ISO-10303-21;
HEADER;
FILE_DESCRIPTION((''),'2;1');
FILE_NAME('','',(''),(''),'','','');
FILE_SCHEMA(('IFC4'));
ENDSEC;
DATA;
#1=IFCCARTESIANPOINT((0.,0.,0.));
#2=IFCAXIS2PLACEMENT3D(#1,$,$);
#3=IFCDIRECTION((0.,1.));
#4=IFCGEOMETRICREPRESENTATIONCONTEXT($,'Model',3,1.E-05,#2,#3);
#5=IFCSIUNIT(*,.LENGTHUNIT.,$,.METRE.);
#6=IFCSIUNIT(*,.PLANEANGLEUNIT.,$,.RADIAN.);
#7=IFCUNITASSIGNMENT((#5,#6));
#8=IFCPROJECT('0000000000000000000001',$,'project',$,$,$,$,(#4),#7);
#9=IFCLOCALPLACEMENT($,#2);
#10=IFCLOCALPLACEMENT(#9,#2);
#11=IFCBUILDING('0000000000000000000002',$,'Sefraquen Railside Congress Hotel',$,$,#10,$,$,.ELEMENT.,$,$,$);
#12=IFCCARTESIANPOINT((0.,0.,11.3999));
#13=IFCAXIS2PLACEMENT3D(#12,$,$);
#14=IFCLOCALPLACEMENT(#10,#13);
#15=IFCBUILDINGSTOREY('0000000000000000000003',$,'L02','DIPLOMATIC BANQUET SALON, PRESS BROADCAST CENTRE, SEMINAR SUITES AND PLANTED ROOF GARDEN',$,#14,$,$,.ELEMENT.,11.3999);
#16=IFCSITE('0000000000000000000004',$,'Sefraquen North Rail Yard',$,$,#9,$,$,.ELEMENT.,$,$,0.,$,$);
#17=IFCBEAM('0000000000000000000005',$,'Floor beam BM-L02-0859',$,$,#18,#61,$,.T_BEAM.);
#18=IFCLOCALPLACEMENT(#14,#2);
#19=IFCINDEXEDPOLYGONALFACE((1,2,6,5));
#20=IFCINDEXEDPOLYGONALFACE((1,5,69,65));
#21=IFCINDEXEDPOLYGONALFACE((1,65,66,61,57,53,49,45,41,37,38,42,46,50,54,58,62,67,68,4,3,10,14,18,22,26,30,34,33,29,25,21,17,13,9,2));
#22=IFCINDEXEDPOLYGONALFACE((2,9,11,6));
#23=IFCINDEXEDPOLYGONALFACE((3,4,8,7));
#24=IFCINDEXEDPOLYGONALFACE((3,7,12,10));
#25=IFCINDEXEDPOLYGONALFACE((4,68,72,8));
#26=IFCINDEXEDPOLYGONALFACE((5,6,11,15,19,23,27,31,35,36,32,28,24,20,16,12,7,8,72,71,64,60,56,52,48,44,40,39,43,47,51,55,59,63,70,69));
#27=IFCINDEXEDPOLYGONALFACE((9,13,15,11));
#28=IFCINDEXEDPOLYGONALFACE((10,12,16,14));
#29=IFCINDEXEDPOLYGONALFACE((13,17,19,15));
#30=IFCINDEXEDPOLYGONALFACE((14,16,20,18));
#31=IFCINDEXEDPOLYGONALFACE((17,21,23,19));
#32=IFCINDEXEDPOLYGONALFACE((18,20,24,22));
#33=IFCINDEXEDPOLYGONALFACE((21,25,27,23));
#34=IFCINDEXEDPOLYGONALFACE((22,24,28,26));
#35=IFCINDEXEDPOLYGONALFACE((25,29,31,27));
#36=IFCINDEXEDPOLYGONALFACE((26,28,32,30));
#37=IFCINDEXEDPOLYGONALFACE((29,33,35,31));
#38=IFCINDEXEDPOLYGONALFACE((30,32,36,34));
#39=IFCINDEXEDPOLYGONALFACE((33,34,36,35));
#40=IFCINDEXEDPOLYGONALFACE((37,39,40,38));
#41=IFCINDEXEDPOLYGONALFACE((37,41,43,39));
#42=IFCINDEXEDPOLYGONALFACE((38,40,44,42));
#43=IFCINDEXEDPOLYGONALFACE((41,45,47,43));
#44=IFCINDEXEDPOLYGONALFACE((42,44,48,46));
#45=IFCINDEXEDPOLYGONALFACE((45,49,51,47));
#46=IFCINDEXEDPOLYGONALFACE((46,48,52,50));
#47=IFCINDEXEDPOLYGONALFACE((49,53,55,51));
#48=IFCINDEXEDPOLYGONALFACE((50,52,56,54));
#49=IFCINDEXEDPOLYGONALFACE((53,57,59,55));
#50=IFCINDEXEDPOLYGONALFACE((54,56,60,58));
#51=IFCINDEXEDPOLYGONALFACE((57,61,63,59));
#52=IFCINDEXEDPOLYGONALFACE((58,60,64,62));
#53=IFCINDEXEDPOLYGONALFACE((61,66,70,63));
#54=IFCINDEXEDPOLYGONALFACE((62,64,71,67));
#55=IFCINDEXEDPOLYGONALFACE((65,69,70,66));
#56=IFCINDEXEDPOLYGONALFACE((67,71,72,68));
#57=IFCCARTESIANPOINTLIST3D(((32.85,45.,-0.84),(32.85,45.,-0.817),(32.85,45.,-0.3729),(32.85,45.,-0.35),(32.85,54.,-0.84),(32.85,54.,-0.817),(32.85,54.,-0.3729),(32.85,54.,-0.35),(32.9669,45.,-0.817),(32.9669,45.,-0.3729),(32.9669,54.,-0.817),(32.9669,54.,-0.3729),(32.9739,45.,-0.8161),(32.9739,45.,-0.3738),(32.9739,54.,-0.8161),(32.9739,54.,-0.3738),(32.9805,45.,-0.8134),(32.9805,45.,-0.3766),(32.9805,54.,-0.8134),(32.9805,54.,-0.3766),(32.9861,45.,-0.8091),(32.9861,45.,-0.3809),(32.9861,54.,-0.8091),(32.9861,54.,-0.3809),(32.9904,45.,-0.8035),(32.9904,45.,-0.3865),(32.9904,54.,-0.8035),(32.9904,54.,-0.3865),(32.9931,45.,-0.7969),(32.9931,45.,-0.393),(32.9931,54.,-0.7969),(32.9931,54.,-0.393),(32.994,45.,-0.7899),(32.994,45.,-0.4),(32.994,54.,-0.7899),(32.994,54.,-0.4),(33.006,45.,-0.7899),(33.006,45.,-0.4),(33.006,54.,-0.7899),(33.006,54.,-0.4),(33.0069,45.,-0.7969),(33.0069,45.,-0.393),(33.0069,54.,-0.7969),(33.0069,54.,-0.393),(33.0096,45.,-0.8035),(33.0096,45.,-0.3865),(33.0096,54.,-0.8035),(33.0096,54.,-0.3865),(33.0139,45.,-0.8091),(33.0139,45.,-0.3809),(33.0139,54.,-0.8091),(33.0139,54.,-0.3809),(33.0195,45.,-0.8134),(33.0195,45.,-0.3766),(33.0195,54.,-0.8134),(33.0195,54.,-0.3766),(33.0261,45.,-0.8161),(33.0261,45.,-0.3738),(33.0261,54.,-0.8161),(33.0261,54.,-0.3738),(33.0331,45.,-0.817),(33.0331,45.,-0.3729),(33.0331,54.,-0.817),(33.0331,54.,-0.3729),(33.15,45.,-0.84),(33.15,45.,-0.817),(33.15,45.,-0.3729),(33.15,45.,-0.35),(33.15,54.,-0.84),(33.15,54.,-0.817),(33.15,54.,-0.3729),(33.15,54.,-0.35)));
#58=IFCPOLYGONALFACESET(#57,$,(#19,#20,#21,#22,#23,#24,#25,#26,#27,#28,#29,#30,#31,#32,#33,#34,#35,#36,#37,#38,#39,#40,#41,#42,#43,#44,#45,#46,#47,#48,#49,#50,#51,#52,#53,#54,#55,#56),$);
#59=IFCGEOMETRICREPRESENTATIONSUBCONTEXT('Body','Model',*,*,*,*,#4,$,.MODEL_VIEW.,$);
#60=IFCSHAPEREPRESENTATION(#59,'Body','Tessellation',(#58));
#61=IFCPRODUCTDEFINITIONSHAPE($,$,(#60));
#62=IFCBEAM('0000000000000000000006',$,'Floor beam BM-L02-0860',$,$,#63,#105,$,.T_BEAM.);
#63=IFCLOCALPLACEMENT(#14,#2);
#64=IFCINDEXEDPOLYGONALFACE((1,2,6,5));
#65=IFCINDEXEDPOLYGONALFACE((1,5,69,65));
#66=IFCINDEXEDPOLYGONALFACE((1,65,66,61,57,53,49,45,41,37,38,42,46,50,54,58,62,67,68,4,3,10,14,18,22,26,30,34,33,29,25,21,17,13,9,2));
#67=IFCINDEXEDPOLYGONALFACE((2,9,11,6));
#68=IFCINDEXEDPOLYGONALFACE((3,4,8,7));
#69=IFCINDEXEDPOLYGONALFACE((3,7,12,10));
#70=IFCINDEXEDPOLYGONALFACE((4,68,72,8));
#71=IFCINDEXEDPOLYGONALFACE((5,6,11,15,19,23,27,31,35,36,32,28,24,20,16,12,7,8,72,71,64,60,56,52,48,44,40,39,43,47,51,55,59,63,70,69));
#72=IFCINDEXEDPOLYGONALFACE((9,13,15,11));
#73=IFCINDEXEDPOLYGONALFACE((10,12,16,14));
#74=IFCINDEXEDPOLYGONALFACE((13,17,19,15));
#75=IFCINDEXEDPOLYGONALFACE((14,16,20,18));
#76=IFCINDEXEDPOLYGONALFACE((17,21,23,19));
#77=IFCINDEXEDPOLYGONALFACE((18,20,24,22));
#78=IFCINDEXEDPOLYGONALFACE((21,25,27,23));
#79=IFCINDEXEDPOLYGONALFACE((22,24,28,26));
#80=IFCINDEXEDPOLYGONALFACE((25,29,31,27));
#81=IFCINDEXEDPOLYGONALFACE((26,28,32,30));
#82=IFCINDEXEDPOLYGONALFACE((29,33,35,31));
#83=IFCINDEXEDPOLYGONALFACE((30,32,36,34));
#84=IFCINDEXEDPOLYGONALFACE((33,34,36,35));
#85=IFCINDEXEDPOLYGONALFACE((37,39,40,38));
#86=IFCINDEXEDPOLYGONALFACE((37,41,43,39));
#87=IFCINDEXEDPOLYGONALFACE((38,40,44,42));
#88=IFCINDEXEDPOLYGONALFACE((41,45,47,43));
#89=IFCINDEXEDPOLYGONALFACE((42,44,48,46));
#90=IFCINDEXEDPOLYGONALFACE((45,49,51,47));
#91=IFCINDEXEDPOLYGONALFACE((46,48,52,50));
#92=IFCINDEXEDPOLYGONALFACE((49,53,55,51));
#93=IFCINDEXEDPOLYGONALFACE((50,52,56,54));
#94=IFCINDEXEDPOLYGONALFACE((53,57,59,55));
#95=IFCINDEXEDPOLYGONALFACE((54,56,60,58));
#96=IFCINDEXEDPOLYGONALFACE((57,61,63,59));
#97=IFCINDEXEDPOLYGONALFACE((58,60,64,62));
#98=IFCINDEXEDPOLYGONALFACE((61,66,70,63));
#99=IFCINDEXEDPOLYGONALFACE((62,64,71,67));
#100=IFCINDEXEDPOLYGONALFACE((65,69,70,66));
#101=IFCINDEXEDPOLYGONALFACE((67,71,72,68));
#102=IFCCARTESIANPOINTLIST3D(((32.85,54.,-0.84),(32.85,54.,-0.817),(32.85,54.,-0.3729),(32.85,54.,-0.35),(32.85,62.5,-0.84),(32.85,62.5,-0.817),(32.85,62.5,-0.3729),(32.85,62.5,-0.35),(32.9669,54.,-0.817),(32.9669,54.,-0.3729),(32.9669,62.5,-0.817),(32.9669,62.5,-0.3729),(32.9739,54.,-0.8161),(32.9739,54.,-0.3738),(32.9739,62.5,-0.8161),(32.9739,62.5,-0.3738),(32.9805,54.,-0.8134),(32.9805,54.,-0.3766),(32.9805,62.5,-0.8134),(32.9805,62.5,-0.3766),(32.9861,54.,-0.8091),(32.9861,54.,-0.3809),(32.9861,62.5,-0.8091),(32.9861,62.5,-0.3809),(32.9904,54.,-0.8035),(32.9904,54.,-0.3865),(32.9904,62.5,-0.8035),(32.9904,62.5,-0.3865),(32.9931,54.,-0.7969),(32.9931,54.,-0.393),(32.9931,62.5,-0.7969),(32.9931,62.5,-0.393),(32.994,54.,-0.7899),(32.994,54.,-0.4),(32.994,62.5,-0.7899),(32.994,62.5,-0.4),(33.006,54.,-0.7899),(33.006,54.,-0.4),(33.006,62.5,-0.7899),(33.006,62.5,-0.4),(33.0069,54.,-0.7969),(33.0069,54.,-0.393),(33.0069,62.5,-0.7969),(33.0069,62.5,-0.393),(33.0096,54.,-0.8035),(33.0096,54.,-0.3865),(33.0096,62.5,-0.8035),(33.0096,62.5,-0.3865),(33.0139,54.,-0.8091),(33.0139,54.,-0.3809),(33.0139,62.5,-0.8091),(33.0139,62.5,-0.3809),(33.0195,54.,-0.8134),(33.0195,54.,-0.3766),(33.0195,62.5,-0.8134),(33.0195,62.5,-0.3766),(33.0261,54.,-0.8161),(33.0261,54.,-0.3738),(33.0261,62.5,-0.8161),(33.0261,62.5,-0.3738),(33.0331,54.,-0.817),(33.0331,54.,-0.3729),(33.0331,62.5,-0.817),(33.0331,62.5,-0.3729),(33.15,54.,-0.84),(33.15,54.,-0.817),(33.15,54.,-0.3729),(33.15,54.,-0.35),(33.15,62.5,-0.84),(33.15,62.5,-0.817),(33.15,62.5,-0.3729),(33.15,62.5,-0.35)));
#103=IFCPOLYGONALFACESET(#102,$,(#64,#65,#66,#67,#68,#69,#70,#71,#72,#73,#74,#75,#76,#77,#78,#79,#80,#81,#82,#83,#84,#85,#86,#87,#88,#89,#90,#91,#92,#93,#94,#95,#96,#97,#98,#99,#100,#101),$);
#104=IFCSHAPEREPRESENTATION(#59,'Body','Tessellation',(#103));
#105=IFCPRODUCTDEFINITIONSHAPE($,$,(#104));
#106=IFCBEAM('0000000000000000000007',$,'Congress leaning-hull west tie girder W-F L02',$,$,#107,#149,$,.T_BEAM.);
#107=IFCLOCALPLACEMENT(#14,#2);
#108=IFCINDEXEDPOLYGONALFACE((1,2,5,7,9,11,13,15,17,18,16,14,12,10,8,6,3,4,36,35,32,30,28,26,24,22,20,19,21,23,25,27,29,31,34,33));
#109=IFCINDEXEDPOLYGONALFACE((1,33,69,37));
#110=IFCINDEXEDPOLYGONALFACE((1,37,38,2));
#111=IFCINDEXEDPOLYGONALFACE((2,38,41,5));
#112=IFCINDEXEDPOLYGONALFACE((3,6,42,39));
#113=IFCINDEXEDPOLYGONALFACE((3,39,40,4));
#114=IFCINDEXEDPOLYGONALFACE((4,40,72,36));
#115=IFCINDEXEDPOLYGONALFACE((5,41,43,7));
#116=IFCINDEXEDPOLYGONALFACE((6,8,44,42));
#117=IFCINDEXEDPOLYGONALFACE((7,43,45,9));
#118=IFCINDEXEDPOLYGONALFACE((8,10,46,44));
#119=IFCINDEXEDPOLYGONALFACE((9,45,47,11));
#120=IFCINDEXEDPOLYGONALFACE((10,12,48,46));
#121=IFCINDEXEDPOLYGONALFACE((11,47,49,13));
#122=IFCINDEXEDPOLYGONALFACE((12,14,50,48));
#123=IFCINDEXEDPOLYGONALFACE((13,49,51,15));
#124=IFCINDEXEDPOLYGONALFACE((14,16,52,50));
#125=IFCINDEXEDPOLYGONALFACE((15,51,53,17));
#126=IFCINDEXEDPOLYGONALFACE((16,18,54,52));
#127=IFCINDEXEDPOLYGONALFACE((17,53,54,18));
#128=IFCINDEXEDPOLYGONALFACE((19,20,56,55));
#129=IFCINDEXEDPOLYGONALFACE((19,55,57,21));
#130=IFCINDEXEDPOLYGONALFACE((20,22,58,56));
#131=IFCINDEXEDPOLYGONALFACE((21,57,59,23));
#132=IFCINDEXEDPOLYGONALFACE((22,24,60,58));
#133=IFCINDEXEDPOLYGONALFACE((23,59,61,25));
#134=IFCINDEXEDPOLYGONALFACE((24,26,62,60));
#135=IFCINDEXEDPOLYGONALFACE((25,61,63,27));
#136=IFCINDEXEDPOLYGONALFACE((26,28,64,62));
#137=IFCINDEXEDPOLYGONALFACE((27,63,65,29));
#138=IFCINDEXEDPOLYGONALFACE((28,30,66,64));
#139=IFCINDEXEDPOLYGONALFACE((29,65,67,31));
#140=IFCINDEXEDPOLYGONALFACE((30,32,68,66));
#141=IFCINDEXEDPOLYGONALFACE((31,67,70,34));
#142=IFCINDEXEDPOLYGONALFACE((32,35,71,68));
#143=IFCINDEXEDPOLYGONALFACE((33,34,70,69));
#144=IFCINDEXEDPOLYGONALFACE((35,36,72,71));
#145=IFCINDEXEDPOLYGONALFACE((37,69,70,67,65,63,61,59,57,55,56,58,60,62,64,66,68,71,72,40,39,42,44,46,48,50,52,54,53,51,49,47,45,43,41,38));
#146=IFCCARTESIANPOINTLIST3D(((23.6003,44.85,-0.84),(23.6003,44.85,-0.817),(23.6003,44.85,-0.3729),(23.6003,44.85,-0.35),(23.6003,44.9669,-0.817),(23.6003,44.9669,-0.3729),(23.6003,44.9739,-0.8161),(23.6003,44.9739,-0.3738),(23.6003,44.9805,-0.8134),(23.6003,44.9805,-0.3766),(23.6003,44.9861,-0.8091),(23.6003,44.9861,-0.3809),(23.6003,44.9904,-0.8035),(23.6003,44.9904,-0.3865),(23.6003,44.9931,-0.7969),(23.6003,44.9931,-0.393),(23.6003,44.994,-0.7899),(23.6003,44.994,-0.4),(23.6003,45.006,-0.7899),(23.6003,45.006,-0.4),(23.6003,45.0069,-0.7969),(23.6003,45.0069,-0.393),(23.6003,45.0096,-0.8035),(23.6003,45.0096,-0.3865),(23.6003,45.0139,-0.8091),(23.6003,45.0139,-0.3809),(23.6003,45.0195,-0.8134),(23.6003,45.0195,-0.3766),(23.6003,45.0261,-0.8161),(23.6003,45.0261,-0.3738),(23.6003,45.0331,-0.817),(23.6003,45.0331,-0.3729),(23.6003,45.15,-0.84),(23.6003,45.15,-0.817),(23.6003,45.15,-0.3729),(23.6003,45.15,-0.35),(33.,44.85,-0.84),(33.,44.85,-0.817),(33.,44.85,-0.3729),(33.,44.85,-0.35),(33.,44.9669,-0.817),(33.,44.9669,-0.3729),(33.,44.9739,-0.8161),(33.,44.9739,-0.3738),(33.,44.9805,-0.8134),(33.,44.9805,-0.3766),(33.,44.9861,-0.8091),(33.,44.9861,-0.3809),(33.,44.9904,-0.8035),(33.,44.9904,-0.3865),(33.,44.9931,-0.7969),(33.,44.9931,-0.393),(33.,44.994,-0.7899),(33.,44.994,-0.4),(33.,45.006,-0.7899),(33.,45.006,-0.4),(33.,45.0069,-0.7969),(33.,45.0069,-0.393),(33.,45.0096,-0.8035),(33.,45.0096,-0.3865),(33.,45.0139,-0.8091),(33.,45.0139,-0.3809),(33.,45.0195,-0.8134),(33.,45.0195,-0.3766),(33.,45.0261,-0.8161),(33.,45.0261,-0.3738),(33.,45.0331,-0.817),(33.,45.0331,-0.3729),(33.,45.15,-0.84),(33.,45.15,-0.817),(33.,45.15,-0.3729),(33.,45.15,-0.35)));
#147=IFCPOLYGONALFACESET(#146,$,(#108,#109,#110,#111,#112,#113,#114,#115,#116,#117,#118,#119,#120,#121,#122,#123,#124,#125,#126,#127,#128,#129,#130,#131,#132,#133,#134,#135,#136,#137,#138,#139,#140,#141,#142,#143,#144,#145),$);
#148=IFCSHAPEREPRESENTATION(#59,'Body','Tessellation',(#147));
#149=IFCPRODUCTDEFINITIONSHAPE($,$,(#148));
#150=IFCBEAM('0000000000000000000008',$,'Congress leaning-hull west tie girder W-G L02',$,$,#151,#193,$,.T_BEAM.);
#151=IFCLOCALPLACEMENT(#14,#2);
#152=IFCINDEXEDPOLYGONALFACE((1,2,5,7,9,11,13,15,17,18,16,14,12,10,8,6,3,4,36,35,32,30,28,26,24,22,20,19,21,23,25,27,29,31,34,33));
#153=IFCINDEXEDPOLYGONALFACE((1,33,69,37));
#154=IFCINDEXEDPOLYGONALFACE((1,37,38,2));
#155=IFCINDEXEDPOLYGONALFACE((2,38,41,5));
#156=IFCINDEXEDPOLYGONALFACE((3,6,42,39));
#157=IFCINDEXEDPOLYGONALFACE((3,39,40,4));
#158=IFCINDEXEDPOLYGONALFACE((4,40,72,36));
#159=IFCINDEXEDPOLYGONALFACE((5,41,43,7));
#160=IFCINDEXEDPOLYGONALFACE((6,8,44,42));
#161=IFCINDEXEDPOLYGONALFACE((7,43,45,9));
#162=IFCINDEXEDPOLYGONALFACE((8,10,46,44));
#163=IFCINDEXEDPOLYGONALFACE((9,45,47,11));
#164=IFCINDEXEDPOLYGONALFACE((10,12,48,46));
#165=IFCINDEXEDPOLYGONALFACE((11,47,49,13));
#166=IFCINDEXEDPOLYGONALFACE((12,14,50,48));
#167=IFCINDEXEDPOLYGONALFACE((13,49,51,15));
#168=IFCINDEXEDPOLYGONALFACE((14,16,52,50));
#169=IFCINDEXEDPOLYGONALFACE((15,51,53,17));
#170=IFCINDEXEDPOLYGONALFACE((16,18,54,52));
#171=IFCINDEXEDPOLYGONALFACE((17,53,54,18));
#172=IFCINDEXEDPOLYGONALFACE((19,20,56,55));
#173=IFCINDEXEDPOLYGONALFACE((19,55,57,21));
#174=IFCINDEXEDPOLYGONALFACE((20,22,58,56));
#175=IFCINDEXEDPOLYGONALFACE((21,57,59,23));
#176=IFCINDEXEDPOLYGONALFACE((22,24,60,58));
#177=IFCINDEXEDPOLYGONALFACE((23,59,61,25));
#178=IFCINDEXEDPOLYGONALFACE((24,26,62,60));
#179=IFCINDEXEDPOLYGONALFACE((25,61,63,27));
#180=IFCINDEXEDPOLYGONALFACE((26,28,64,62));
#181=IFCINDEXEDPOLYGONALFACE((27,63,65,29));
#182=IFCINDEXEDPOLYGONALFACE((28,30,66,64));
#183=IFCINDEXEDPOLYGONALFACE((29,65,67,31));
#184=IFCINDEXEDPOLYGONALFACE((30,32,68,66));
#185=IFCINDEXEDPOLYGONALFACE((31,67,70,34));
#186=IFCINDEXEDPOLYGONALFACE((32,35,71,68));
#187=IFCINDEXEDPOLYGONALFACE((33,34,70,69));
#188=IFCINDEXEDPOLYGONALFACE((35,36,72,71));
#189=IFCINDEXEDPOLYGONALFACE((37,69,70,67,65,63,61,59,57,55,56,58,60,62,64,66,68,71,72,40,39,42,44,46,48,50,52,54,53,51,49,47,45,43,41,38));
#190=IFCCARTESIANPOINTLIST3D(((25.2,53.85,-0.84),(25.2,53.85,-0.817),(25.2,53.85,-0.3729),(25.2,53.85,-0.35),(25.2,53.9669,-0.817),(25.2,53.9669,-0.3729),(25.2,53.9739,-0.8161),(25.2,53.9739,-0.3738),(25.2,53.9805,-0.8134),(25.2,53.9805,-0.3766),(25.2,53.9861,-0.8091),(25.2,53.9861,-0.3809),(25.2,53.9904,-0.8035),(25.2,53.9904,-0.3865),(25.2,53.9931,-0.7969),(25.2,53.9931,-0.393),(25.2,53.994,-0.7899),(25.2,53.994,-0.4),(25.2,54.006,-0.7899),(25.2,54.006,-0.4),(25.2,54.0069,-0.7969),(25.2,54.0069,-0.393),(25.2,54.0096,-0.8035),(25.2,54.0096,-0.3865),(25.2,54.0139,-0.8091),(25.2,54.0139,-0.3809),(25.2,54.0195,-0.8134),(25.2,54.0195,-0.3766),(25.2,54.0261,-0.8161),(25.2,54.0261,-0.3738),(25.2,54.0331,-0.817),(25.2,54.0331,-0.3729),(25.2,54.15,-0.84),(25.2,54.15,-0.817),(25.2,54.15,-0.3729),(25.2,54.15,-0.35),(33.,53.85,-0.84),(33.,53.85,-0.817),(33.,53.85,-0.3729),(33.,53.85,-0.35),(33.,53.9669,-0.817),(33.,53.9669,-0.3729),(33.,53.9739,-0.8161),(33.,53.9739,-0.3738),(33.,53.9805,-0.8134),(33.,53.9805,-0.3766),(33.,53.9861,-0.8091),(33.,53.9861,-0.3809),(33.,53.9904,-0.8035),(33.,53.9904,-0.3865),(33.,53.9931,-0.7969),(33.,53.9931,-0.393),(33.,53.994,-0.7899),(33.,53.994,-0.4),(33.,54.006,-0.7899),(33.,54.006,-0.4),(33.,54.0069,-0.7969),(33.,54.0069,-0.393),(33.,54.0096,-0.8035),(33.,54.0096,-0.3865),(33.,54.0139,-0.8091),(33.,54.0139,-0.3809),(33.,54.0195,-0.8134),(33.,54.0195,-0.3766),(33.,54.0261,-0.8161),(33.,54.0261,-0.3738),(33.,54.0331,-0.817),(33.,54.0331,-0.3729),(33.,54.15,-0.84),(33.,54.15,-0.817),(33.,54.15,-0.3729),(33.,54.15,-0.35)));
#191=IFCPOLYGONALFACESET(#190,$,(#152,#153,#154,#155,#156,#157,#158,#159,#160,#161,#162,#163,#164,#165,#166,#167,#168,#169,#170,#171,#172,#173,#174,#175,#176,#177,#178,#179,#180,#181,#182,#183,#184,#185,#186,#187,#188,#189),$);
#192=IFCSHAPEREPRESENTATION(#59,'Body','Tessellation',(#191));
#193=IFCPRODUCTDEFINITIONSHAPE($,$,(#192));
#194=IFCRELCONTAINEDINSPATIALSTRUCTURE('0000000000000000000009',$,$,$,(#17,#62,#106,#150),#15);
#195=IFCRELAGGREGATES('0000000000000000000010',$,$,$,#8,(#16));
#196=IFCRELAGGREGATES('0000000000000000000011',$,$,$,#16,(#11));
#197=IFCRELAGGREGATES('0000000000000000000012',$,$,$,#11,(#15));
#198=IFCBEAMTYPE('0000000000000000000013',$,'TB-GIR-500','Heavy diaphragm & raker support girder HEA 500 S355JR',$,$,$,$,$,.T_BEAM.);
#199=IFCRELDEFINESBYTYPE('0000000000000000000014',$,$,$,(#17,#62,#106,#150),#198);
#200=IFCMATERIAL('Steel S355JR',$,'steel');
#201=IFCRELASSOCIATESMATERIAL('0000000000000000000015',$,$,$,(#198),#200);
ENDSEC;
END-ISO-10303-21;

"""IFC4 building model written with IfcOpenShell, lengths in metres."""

from ifc_helpers import new_model, si_unit, direction, frame, origin, origin_2d, place, context, subcontext, project, spatial, i_section, extrude, material, material_profile, profile_set, type_object, element, save


model = new_model("IFC4")

# Units and contexts
model_context = context("Model", 3, precision=1e-05, world=origin(), true_north=direction((0.0, 1.0)))
body_context = subcontext(model_context, "Body", "Model", "MODEL_VIEW")
ifc_project = project(units=[si_unit("LENGTHUNIT", "METRE"), si_unit("PLANEANGLEUNIT", "RADIAN")], contexts=[model_context])

# Site, building, storey
site_placement = place(None, origin())
site = spatial("IfcSite", under=ifc_project, at=site_placement, Name="Sefraquen North Rail Yard", CompositionType="ELEMENT", RefElevation=0.0)
building_placement = place(site_placement, origin())
building = spatial("IfcBuilding", under=site, at=building_placement, Name="Sefraquen Railside Congress Hotel", CompositionType="ELEMENT")
storey_placement = place(building_placement, frame((0.0, 0.0, 11.3999)))
storey = spatial("IfcBuildingStorey", under=building, at=storey_placement, Name="L02", Description="DIPLOMATIC BANQUET SALON, PRESS BROADCAST CENTRE, SEMINAR SUITES AND PLANTED ROOF GARDEN", CompositionType="ELEMENT", Elevation=11.3999)

# Shared definitions
ifc_material_1 = material(Name="Steel S355JR", Category="steel")

# Beams
ifc_material_profile_1 = material_profile(ifc_material_1, i_section(OverallWidth=0.3, OverallDepth=0.49, WebThickness=0.012, FlangeThickness=0.0229, FilletRadius=0.0271, at=origin_2d()), Name="HEA 500")
ifc_profile_set_1 = profile_set([ifc_material_profile_1], Name="Steel S355JR")
beam_type_1 = type_object("IfcBeamType", Name="TB-GIR-500", Description="Heavy diaphragm & raker support girder HEA 500 S355JR", PredefinedType="T_BEAM", material=ifc_profile_set_1)
beam_1_placement = place(storey_placement, frame((33.0, 45.0, -0.595), z_axis=(0.0, 1.0, 0.0), x_axis=(-1.0, 0.0, 0.0)))
element("IfcBeam", 1, at=beam_1_placement, inside=storey, type_object=beam_type_1, Name="Floor beam BM-L02-0859", PredefinedType="T_BEAM", context=body_context, shape_type="SweptSolid", body=[
    extrude(i_section(OverallWidth=0.3, OverallDepth=0.49, WebThickness=0.012, FlangeThickness=0.0229, FilletRadius=0.0271, at=origin_2d()), origin(), (0.0, 0.0, 1.0), 9.0),
])
beam_2_placement = place(storey_placement, frame((33.0, 54.0, -0.595), z_axis=(0.0, 1.0, 0.0), x_axis=(-1.0, 0.0, 0.0)))
element("IfcBeam", 2, at=beam_2_placement, inside=storey, type_object=beam_type_1, Name="Floor beam BM-L02-0860", PredefinedType="T_BEAM", context=body_context, shape_type="SweptSolid", body=[
    extrude(i_section(OverallWidth=0.3, OverallDepth=0.49, WebThickness=0.012, FlangeThickness=0.0229, FilletRadius=0.0271, at=origin_2d()), origin(), (0.0, 0.0, 1.0), 8.5),
])
beam_3_placement = place(storey_placement, frame((23.6003, 45.0, -0.595), z_axis=(1.0, 0.0, 0.0), x_axis=(0.0, 1.0, 0.0)))
element("IfcBeam", 3, at=beam_3_placement, inside=storey, type_object=beam_type_1, Name="Congress leaning-hull west tie girder W-F L02", PredefinedType="T_BEAM", context=body_context, shape_type="SweptSolid", body=[
    extrude(i_section(OverallWidth=0.3, OverallDepth=0.49, WebThickness=0.012, FlangeThickness=0.0229, FilletRadius=0.0271, at=origin_2d()), origin(), (0.0, 0.0, 1.0), 9.3997),
])
beam_4_placement = place(storey_placement, frame((25.2, 54.0, -0.595), z_axis=(1.0, 0.0, 0.0), x_axis=(0.0, 1.0, 0.0)))
element("IfcBeam", 4, at=beam_4_placement, inside=storey, type_object=beam_type_1, Name="Congress leaning-hull west tie girder W-G L02", PredefinedType="T_BEAM", context=body_context, shape_type="SweptSolid", body=[
    extrude(i_section(OverallWidth=0.3, OverallDepth=0.49, WebThickness=0.012, FlangeThickness=0.0229, FilletRadius=0.0271, at=origin_2d()), origin(), (0.0, 0.0, 1.0), 7.8),
])

save(model, "model.ifc")
